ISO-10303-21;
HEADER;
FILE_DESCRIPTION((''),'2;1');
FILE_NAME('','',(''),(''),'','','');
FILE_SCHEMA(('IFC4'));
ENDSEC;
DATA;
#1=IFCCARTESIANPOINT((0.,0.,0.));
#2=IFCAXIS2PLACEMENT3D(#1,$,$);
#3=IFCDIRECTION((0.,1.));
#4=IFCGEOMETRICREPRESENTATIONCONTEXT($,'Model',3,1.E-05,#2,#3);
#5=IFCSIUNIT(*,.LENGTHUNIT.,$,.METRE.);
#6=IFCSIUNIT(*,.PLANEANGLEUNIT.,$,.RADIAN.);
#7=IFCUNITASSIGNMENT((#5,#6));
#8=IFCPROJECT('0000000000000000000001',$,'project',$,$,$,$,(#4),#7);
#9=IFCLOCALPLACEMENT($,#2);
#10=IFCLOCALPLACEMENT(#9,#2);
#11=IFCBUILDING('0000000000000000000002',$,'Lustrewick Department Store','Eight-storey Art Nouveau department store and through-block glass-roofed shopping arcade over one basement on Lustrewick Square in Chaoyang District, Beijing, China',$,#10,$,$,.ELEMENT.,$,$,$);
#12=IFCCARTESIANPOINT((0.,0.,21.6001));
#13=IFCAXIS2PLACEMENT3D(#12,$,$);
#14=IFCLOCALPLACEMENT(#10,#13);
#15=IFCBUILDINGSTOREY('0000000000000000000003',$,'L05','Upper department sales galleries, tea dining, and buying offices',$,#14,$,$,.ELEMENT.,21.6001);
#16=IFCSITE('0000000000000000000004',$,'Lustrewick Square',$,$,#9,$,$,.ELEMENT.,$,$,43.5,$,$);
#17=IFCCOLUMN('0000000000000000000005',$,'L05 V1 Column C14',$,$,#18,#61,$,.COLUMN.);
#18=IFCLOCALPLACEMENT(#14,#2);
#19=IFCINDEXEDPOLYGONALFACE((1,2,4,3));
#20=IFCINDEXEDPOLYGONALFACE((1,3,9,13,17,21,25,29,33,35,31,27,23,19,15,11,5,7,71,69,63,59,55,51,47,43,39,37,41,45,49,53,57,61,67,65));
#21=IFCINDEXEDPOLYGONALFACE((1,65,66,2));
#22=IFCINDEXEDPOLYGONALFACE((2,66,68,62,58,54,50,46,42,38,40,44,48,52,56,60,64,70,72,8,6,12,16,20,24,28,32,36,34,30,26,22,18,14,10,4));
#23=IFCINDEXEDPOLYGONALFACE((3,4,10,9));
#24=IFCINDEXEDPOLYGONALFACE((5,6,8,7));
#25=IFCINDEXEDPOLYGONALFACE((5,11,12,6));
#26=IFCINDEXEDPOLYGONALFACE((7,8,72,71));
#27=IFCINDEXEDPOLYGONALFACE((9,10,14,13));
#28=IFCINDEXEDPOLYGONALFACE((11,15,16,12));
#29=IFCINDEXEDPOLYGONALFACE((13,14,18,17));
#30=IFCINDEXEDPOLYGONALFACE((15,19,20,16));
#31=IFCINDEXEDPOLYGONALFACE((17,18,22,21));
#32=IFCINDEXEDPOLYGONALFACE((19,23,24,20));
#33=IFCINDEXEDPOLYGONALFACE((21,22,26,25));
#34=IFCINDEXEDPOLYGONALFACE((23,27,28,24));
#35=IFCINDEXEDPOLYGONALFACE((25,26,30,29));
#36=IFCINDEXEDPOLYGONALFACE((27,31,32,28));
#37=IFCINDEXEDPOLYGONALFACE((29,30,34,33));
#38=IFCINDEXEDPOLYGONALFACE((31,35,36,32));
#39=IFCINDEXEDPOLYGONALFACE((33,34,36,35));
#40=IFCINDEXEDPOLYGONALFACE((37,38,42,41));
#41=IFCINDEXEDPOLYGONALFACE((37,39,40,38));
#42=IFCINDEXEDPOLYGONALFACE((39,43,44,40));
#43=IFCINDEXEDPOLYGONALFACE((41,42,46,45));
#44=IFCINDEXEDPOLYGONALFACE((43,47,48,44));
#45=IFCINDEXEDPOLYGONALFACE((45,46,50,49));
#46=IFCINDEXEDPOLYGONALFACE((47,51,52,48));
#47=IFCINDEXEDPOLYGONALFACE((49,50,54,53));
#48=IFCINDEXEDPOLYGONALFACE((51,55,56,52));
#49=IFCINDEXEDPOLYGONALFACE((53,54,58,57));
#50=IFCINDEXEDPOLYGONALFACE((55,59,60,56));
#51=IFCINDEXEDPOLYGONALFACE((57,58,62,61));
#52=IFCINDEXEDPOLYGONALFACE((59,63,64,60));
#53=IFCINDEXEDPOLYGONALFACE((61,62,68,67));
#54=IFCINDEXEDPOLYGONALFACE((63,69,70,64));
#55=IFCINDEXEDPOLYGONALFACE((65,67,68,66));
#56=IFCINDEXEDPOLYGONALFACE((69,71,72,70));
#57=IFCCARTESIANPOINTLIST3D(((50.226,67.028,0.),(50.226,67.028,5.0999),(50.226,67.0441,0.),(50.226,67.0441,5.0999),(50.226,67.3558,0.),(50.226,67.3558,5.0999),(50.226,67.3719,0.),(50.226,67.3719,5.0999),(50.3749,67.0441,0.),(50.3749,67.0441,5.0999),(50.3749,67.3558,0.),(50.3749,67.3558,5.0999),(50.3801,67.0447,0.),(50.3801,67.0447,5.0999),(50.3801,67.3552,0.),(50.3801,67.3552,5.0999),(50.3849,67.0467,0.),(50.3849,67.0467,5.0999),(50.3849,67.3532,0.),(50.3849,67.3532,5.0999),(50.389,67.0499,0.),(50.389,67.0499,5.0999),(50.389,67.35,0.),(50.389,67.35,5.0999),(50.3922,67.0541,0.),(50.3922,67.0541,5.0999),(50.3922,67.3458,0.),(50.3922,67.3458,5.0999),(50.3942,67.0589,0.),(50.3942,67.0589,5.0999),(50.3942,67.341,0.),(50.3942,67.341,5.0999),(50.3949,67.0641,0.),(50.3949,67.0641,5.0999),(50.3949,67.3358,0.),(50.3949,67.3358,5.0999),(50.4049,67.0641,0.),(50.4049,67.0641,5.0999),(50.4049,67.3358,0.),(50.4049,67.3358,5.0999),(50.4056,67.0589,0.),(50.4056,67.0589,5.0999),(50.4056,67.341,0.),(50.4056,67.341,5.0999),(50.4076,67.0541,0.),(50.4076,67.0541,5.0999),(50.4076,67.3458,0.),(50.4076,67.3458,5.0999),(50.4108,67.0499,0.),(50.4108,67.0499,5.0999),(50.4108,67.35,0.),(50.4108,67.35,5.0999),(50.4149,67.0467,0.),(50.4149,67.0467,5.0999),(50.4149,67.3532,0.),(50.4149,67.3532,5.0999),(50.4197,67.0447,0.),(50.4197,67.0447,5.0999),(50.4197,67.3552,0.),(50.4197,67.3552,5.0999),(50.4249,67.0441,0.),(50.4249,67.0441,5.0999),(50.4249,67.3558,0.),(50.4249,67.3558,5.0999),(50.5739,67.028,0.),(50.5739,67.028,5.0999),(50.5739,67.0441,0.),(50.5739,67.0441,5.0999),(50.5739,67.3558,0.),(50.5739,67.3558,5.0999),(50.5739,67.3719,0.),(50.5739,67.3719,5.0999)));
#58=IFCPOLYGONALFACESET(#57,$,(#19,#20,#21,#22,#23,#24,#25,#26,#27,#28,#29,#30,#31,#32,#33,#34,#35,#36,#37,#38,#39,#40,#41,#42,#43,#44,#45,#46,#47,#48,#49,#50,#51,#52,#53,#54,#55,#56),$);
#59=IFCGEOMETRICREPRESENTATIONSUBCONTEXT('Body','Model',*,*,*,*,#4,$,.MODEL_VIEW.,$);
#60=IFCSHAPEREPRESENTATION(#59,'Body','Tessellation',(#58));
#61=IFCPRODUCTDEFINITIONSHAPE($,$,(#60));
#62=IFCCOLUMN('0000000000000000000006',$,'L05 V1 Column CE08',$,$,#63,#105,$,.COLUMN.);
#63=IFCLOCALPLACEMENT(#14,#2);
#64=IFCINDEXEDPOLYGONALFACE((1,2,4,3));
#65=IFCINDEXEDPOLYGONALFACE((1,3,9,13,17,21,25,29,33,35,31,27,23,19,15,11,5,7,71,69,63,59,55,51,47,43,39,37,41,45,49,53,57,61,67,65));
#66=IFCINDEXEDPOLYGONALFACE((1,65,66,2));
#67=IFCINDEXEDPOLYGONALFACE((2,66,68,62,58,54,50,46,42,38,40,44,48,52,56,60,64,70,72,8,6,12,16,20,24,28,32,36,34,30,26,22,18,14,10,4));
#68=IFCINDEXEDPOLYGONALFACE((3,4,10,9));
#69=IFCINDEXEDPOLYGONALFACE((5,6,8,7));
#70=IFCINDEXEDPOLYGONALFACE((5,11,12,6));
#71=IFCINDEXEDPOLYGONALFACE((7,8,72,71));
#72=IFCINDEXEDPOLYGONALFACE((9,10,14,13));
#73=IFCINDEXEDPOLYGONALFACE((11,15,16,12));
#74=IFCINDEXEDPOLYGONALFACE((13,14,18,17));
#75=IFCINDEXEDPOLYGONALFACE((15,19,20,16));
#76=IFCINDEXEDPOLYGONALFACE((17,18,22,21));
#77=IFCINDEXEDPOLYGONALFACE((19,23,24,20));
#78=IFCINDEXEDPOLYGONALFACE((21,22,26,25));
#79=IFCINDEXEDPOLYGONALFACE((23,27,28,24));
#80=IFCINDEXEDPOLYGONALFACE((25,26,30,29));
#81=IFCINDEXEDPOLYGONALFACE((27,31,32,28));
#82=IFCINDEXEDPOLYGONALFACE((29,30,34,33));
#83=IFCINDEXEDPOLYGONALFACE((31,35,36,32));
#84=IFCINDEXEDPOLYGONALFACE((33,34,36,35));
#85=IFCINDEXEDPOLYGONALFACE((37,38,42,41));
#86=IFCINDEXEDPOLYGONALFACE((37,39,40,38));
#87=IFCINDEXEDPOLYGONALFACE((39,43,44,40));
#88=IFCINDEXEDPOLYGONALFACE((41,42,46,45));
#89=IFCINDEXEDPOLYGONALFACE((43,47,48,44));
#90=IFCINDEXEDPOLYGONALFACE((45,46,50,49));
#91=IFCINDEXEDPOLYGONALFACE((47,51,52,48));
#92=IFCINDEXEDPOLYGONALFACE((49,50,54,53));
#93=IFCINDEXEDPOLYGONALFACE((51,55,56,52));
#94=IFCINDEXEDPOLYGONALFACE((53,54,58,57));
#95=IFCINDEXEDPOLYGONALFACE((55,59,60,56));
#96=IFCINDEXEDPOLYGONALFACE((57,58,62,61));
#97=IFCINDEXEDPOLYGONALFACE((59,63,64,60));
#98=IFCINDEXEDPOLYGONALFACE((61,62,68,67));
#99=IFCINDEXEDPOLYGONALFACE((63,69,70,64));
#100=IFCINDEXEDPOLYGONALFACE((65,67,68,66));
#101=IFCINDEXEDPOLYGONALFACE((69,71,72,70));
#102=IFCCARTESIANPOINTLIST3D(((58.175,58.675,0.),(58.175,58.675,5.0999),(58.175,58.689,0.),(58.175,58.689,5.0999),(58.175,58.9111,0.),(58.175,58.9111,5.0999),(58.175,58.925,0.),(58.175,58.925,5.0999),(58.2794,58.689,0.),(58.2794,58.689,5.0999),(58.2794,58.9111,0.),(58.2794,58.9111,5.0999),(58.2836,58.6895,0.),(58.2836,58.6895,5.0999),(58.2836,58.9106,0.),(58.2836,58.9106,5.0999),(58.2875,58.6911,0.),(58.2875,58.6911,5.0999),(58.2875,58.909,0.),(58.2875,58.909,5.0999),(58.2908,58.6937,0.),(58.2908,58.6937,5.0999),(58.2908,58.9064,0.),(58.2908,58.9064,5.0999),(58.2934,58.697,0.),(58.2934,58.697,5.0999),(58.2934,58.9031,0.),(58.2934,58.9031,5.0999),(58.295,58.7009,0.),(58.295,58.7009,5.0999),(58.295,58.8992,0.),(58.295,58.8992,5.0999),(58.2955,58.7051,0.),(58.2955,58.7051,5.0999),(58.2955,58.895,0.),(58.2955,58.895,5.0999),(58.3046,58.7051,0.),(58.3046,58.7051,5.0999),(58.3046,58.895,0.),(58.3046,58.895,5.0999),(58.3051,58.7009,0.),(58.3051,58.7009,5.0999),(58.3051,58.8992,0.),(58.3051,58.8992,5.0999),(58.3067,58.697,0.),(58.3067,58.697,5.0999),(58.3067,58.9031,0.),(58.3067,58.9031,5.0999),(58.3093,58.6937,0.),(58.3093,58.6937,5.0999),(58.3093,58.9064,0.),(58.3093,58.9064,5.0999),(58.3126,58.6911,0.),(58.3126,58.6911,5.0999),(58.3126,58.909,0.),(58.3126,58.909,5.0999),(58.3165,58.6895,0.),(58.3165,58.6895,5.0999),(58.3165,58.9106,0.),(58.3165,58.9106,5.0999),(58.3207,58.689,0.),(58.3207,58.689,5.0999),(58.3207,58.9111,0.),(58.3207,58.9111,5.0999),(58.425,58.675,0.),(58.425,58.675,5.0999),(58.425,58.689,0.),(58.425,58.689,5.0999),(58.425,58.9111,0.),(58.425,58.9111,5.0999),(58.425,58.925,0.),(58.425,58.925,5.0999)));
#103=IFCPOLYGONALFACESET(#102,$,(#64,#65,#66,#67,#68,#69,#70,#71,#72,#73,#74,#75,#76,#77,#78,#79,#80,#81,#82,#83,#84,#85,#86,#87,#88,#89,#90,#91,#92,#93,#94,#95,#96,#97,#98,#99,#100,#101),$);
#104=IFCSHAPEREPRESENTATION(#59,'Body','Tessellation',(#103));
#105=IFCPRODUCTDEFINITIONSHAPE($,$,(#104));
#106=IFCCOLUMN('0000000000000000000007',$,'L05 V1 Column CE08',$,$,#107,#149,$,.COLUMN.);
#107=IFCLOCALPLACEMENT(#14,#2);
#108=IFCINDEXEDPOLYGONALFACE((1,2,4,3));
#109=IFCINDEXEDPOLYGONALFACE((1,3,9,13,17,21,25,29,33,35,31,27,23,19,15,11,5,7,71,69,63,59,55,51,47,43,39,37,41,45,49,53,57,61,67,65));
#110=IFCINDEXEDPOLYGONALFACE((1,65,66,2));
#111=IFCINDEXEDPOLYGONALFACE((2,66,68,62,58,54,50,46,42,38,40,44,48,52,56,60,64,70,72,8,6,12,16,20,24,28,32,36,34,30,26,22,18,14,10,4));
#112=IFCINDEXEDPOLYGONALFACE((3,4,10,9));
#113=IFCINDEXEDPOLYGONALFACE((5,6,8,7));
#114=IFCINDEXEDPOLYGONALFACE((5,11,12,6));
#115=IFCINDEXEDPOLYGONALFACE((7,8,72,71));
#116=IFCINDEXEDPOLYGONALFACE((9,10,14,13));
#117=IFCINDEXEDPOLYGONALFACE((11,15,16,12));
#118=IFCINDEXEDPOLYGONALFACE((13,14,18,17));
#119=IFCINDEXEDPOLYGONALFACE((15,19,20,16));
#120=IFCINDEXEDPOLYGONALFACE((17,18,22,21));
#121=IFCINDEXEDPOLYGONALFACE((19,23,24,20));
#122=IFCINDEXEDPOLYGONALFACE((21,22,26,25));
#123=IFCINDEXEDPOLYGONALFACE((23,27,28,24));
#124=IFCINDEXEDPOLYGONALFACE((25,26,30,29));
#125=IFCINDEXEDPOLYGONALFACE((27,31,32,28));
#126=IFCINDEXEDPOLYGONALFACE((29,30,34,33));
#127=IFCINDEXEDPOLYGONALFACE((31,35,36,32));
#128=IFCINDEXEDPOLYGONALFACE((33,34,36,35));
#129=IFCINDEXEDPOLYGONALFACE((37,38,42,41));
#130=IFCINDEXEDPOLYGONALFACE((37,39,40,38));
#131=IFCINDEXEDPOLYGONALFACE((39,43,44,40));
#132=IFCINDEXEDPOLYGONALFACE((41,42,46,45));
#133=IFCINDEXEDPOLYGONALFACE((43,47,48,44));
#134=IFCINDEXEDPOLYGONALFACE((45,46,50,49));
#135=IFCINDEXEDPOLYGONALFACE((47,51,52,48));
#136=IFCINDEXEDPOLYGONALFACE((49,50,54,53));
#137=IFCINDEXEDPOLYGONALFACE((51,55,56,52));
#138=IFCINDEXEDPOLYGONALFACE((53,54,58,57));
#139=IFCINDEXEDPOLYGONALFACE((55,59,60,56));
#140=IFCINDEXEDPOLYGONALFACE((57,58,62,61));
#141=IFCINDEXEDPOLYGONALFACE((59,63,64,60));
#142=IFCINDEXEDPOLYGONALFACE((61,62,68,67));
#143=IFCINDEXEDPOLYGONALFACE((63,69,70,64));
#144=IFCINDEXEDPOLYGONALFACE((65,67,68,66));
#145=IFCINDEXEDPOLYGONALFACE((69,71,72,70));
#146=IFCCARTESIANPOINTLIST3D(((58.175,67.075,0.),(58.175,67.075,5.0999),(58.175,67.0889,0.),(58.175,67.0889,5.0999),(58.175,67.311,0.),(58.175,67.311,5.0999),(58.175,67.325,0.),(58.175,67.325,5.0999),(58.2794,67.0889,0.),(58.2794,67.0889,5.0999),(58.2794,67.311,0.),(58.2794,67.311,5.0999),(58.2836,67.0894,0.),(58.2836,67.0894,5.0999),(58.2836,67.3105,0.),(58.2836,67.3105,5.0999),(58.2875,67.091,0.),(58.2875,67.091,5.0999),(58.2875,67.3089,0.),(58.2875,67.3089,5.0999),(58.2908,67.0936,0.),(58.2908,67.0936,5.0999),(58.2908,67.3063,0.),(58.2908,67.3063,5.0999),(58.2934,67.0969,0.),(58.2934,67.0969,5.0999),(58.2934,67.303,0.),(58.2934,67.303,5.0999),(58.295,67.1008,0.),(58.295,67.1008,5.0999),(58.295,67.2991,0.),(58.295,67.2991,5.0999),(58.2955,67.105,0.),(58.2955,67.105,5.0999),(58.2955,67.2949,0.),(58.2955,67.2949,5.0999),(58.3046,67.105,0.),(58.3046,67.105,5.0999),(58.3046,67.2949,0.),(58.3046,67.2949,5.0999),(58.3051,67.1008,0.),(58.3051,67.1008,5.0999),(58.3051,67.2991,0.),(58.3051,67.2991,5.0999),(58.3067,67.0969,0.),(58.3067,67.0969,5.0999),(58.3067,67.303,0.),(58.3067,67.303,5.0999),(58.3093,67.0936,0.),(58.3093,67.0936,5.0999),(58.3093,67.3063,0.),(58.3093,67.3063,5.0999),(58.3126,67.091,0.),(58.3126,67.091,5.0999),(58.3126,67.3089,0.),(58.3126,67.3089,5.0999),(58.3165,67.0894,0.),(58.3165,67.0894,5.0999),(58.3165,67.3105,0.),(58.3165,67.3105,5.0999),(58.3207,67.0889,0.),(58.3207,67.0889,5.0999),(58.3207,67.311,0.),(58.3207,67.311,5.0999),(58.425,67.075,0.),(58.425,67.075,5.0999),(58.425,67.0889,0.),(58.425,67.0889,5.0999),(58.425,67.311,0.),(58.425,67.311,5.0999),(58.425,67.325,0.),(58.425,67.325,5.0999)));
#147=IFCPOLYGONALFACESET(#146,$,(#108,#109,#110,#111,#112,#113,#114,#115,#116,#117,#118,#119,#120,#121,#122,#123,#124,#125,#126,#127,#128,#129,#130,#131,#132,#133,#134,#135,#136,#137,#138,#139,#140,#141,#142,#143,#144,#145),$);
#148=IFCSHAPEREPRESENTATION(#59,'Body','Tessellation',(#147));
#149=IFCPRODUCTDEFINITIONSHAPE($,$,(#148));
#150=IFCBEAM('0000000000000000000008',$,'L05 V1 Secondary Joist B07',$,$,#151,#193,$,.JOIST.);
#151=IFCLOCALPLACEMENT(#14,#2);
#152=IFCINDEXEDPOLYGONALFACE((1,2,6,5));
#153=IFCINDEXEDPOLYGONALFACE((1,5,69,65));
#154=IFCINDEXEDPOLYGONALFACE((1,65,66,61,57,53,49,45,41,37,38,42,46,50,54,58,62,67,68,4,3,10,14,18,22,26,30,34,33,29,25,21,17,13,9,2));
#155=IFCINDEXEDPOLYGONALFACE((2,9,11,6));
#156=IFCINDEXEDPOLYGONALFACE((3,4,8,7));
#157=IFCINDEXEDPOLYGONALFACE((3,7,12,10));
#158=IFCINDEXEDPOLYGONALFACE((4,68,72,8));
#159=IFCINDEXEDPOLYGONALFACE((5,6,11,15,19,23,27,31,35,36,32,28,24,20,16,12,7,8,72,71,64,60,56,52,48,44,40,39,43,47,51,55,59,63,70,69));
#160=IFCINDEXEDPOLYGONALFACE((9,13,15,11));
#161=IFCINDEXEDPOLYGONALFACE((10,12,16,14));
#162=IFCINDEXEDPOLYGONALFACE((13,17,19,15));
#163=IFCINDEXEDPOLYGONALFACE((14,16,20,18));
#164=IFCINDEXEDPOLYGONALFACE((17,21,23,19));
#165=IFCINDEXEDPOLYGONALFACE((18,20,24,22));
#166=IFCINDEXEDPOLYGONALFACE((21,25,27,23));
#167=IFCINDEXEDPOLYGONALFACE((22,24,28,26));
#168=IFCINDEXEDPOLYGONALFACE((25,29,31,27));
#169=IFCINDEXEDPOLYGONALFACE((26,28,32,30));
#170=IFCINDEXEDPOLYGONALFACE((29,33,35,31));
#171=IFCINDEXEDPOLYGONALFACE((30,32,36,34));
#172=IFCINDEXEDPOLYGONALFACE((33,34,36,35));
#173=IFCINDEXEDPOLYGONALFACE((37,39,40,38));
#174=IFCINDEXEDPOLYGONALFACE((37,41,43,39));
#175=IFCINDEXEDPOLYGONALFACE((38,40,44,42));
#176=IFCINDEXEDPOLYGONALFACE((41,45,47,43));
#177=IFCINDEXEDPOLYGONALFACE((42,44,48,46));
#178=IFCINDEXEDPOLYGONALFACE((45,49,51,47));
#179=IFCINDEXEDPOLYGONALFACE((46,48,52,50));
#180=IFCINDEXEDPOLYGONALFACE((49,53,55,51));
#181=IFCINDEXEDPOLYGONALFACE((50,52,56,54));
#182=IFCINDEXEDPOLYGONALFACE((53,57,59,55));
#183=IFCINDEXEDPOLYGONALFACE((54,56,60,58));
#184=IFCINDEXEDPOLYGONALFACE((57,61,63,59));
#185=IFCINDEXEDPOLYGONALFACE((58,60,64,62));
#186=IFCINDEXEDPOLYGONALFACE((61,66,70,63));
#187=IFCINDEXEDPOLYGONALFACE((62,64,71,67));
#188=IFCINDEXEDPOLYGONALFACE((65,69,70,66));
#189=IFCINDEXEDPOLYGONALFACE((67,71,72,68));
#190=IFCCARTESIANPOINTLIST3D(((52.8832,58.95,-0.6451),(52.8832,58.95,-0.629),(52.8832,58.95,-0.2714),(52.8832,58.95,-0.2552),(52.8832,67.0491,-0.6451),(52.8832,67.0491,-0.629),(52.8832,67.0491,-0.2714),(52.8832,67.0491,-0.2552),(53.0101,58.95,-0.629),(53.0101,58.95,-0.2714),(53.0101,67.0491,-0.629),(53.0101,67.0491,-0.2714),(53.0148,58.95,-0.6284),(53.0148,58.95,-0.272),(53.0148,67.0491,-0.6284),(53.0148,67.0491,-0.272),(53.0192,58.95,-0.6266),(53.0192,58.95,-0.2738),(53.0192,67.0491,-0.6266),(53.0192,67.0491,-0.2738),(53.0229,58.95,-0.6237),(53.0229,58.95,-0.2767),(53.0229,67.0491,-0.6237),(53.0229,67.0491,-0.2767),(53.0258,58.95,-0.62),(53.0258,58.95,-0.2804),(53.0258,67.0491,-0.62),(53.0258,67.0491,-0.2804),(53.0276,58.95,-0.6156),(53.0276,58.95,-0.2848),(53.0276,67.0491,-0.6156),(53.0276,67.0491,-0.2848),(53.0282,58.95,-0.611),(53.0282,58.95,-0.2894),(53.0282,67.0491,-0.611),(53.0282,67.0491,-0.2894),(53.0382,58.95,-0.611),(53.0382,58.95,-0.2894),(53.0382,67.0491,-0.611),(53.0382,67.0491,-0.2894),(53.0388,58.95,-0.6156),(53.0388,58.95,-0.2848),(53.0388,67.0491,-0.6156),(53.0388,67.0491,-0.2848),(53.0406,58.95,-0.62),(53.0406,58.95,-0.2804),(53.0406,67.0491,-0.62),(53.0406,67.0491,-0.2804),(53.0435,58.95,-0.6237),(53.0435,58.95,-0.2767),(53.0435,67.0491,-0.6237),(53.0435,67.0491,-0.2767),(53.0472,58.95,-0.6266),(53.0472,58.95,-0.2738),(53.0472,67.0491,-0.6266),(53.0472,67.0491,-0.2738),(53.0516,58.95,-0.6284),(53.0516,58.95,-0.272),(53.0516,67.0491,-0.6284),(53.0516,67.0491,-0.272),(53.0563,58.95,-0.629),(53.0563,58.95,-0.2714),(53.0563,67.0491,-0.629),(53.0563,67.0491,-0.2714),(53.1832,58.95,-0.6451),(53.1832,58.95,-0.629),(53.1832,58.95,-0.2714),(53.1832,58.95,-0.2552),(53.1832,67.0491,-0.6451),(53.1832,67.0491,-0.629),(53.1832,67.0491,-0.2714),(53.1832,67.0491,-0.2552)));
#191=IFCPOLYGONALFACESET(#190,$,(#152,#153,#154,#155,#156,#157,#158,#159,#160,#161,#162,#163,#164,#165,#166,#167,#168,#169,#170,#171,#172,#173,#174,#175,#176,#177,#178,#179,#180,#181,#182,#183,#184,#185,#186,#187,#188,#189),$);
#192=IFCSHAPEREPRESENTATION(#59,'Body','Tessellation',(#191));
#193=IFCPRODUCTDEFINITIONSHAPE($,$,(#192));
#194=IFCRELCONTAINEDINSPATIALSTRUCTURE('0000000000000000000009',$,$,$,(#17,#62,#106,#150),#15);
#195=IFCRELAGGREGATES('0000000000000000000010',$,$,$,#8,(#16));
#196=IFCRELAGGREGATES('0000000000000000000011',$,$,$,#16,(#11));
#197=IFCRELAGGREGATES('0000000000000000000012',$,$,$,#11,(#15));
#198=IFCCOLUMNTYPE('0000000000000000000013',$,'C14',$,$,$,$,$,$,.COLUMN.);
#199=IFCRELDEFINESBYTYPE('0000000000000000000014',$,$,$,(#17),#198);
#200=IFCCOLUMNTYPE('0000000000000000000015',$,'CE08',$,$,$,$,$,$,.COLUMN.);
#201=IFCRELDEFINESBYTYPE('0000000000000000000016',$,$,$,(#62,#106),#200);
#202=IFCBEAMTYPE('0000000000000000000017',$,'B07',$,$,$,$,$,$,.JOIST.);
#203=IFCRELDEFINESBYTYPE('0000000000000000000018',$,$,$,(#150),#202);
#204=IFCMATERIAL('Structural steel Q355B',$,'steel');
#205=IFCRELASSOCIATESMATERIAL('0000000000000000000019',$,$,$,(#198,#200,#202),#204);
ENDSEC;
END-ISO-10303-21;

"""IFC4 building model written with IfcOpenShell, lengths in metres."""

from ifc_helpers import new_model, si_unit, direction, frame, origin, origin_2d, place, context, subcontext, project, spatial, i_section, extrude, material, material_profile, profile_set, type_object, element, save


model = new_model("IFC4")

# Units and contexts
model_context = context("Model", 3, precision=1e-05, world=origin(), true_north=direction((0.0, 1.0)))
body_context = subcontext(model_context, "Body", "Model", "MODEL_VIEW")
ifc_project = project(units=[si_unit("LENGTHUNIT", "METRE"), si_unit("PLANEANGLEUNIT", "RADIAN")], contexts=[model_context])

# Site, building, storey
site_placement = place(None, origin())
site = spatial("IfcSite", under=ifc_project, at=site_placement, Name="Lustrewick Square", CompositionType="ELEMENT", RefElevation=43.5)
building_placement = place(site_placement, origin())
building = spatial("IfcBuilding", under=site, at=building_placement, Name="Lustrewick Department Store", Description="Eight-storey Art Nouveau department store and through-block glass-roofed shopping arcade over one basement on Lustrewick Square in Chaoyang District, Beijing, China", CompositionType="ELEMENT")
storey_placement = place(building_placement, frame((0.0, 0.0, 21.6001)))
storey = spatial("IfcBuildingStorey", under=building, at=storey_placement, Name="L05", Description="Upper department sales galleries, tea dining, and buying offices", CompositionType="ELEMENT", Elevation=21.6001)

# Columns
ifc_material_1 = material(Name="Structural steel Q355B", Category="steel")
ifc_material_profile_1 = material_profile(ifc_material_1, i_section(OverallWidth=0.3479, OverallDepth=0.344, WebThickness=0.01, FlangeThickness=0.0161, FilletRadius=0.02, at=origin_2d()), Name="HW 344x348x10x16")
ifc_profile_set_1 = profile_set([ifc_material_profile_1], Name="Structural steel Q355B")
column_type_1 = type_object("IfcColumnType", Name="C14", PredefinedType="COLUMN", material=ifc_profile_set_1)
column_placement = place(storey_placement, frame((50.3999, 67.2, 0.0), z_axis=(0.0, 0.0, 1.0), x_axis=(1.0, 0.0, 0.0)))
element("IfcColumn", 1, at=column_placement, inside=storey, type_object=column_type_1, Name="L05 V1 Column C14", PredefinedType="COLUMN", context=body_context, shape_type="SweptSolid", body=[
    extrude(i_section(OverallWidth=0.3479, OverallDepth=0.344, WebThickness=0.01, FlangeThickness=0.0161, FilletRadius=0.02, at=origin_2d()), origin(), (0.0, 0.0, 1.0), 5.0999),
])
ifc_material_profile_2 = material_profile(ifc_material_1, i_section(OverallWidth=0.25, OverallDepth=0.25, WebThickness=0.009, FlangeThickness=0.0139, FilletRadius=0.0161, at=origin_2d()), Name="HW 250x250x9x14")
ifc_profile_set_2 = profile_set([ifc_material_profile_2], Name="Structural steel Q355B")
column_type_2 = type_object("IfcColumnType", Name="CE08", PredefinedType="COLUMN", material=ifc_profile_set_2)
for number, where, z_axis, x_axis, name in (
    (2, (58.3, 58.8, 0.0), (0.0, 0.0, 1.0), (1.0, 0.0, 0.0), "L05 V1 Column CE08"),
    (3, (58.3, 67.2, 0.0), (0.0, 0.0, 1.0), (1.0, 0.0, 0.0), "L05 V1 Column CE08"),
):
    element("IfcColumn", number, at=place(storey_placement, frame(where, z_axis=z_axis, x_axis=x_axis)), inside=storey, type_object=column_type_2, Name=name, PredefinedType="COLUMN", context=body_context, shape_type="SweptSolid", body=[
        extrude(i_section(OverallWidth=0.25, OverallDepth=0.25, WebThickness=0.009, FlangeThickness=0.0139, FilletRadius=0.0161, at=origin_2d()), origin(), (0.0, 0.0, 1.0), 5.0999),
    ])

# Beam
ifc_material_profile_3 = material_profile(ifc_material_1, i_section(OverallWidth=0.3, OverallDepth=0.3899, WebThickness=0.01, FlangeThickness=0.0161, FilletRadius=0.0181, at=origin_2d()), Name="HM 390x300x10x16")
ifc_profile_set_3 = profile_set([ifc_material_profile_3], Name="Structural steel Q355B")
beam_type_1 = type_object("IfcBeamType", Name="B07", PredefinedType="JOIST", material=ifc_profile_set_3)
beam_1_placement = place(storey_placement, frame((53.0332, 58.95, -0.4502), z_axis=(0.0, 1.0, 0.0), x_axis=(-1.0, 0.0, 0.0)))
element("IfcBeam", 4, at=beam_1_placement, inside=storey, type_object=beam_type_1, Name="L05 V1 Secondary Joist B07", PredefinedType="JOIST", context=body_context, shape_type="SweptSolid", body=[
    extrude(i_section(OverallWidth=0.3, OverallDepth=0.3899, WebThickness=0.01, FlangeThickness=0.0161, FilletRadius=0.0181, at=origin_2d()), origin(), (0.0, 0.0, 1.0), 8.0991),
])

save(model, "model.ifc")
